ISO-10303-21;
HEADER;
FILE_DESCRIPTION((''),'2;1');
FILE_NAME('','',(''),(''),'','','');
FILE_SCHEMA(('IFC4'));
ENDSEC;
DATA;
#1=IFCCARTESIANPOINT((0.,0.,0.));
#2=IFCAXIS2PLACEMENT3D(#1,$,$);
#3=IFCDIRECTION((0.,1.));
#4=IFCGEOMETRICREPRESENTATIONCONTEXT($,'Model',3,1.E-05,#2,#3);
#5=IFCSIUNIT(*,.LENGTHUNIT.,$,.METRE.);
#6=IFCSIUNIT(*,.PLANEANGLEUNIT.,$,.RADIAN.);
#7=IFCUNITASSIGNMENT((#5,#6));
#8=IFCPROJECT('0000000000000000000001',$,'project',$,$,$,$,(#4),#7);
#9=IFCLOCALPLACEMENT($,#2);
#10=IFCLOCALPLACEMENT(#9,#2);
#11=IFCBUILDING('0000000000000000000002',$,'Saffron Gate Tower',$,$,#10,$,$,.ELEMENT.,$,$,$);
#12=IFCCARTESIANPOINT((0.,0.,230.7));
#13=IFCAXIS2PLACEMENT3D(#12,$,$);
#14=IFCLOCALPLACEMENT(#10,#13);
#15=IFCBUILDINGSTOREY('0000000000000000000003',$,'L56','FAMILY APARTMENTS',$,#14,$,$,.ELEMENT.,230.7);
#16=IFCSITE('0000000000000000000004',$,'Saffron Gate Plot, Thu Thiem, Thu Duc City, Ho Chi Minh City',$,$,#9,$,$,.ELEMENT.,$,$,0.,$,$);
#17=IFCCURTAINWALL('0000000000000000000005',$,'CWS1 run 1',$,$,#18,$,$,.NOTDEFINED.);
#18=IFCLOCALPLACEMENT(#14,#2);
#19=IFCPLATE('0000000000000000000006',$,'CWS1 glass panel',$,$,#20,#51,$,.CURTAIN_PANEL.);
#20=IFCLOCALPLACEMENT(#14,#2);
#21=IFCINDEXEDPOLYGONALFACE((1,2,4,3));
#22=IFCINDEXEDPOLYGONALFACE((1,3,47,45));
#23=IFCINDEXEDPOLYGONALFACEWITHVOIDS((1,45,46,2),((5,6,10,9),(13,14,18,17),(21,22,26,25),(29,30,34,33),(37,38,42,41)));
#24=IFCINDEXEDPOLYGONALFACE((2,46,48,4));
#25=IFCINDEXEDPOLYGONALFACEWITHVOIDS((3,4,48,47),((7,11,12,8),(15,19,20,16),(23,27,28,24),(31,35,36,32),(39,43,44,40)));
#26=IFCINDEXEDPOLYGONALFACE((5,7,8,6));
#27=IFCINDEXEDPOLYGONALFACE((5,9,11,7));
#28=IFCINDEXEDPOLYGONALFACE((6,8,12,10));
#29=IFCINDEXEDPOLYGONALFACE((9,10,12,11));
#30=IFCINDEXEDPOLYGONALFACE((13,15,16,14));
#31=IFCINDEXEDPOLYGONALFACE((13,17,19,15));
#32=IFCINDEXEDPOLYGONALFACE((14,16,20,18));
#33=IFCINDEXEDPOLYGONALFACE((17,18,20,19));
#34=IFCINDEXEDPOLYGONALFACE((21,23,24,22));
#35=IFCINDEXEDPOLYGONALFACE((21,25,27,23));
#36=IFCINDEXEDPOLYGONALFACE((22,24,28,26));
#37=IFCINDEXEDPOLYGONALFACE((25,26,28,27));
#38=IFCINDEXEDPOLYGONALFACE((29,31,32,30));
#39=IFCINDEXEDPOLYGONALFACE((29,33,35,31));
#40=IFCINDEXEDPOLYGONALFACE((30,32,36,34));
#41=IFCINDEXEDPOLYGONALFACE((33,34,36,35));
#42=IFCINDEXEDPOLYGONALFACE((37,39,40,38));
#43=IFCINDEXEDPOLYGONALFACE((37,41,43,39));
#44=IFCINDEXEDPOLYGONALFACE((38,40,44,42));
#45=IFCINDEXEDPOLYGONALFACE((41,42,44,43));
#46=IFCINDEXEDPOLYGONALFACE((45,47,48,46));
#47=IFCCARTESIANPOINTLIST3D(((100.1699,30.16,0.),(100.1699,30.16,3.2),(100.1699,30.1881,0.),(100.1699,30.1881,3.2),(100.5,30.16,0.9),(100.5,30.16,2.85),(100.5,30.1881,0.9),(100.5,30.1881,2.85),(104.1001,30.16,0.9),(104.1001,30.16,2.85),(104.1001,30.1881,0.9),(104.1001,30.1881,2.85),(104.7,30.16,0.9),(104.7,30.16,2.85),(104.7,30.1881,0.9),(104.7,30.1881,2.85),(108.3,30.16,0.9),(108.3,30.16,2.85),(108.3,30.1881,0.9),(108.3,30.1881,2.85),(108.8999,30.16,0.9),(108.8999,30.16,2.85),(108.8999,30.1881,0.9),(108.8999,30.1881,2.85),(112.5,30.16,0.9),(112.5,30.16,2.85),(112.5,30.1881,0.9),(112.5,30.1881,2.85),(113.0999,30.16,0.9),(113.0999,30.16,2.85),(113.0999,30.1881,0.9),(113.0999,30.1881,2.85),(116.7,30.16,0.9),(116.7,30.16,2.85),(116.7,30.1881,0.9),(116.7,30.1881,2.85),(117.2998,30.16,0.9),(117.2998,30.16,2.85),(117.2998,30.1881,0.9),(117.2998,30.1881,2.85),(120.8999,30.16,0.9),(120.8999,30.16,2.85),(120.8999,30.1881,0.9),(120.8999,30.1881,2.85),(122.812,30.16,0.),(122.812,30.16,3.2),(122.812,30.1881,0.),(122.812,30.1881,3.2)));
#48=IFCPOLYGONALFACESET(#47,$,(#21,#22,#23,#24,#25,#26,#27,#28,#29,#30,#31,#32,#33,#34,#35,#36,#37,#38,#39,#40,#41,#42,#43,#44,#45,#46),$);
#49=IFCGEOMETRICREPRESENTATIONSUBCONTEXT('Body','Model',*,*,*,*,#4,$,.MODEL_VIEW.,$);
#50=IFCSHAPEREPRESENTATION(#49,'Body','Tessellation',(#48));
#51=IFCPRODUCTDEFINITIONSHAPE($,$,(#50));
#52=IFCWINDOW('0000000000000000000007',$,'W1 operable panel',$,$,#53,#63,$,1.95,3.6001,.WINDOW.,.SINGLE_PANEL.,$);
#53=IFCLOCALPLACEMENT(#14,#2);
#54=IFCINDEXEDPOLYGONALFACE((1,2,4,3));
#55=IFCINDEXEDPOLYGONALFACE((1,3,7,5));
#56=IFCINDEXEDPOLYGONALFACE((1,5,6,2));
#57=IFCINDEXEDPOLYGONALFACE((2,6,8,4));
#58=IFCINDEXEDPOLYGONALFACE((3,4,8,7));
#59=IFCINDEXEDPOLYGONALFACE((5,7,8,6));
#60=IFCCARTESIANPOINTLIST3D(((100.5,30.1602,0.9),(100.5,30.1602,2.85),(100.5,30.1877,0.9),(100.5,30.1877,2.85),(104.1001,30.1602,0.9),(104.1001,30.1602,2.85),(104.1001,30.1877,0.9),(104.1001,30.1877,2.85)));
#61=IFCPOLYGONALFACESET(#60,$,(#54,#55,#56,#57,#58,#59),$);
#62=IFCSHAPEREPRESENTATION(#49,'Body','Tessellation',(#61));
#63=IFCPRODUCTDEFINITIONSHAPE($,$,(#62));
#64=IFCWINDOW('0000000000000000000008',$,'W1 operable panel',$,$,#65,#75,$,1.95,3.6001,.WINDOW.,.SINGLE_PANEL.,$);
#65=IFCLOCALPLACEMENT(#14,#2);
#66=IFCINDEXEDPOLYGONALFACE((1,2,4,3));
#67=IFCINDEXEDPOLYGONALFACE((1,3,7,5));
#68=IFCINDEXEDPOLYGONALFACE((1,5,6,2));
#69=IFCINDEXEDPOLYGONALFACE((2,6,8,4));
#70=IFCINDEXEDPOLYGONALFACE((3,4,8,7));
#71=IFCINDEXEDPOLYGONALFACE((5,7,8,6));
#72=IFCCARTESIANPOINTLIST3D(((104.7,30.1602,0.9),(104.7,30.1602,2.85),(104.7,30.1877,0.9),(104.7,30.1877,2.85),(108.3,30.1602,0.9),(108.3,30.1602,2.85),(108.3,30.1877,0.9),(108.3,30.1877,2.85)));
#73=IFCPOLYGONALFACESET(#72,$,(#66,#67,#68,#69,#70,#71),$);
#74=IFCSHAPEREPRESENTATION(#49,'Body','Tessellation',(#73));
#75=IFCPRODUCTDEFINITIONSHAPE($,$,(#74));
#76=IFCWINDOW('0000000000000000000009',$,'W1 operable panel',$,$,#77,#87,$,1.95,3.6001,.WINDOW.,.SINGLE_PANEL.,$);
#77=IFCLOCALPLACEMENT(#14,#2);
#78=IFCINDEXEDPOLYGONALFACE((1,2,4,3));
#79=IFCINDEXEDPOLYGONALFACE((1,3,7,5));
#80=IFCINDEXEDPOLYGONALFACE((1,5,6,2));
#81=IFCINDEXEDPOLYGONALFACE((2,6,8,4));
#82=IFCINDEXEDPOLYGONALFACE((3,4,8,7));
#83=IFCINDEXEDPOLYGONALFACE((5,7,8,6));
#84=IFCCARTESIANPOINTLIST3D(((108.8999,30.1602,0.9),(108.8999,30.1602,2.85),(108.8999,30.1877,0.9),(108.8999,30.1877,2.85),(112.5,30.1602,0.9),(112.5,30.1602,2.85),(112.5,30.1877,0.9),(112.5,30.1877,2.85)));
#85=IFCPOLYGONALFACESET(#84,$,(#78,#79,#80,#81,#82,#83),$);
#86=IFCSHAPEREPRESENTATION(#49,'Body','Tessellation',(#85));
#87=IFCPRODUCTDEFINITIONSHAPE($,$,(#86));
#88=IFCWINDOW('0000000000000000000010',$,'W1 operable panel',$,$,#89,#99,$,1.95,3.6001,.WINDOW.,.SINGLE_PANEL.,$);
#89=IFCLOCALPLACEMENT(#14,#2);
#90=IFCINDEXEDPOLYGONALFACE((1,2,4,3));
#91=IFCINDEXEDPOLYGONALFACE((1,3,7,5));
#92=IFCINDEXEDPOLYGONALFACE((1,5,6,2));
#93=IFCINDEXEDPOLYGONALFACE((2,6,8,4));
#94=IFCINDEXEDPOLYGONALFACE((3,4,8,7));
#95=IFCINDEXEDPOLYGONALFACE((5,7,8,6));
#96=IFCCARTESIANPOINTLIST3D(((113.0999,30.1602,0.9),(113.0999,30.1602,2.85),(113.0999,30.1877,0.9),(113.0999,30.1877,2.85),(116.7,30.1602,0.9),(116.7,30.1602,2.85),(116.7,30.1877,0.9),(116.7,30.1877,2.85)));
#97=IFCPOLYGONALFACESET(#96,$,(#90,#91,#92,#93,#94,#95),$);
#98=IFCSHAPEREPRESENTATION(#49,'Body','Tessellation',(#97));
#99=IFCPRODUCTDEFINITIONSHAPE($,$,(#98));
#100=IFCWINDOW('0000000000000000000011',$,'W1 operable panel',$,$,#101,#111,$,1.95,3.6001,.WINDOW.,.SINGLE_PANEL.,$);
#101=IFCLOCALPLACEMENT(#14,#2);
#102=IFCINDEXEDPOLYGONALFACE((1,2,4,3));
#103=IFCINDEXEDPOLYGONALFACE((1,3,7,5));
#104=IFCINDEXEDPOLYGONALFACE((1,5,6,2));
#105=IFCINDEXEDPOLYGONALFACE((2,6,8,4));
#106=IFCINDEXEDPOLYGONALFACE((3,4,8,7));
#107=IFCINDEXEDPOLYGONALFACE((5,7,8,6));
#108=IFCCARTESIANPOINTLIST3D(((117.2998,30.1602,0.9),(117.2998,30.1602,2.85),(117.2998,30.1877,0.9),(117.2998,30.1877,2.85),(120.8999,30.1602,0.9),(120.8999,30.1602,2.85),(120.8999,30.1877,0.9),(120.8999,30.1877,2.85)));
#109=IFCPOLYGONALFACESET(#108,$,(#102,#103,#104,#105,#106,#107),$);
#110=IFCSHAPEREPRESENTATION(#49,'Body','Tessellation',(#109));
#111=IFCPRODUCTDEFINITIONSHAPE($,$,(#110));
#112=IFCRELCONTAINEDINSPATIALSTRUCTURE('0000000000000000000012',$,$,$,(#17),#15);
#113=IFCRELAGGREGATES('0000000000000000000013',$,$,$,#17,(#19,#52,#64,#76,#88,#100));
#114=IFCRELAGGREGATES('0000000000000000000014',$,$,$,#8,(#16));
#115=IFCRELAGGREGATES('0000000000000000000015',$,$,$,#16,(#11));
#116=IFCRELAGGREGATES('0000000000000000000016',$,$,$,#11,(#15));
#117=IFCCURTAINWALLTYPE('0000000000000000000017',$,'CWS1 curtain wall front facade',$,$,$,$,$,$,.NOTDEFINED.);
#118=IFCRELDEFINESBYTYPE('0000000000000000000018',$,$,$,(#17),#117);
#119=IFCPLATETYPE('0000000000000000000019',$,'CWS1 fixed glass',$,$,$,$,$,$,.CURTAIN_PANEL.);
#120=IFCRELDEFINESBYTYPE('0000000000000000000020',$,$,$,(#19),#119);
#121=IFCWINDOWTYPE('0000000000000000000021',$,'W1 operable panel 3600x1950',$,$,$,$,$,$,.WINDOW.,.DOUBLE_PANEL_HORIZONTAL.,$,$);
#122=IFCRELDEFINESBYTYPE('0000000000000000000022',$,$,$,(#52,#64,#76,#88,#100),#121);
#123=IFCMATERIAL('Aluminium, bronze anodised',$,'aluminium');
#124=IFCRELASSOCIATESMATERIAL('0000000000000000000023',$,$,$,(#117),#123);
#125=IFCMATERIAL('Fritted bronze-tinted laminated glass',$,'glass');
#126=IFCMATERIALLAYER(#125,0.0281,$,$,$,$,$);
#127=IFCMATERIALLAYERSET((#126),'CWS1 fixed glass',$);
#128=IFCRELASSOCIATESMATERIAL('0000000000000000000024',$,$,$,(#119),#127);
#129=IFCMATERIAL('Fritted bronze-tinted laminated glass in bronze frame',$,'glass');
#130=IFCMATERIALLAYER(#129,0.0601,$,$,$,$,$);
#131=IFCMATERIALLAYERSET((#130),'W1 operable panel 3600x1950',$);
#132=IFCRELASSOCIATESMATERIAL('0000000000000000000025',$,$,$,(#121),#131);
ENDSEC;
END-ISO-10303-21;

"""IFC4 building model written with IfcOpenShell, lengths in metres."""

from ifc_helpers import new_model, si_unit, direction, frame, frame_2d, origin, place, context, subcontext, project, spatial, rectangle, extrude, material, layer, layer_set, type_object, element, fill, aggregate, save


model = new_model("IFC4")

# Units and contexts
model_context = context("Model", 3, precision=1e-05, world=origin(), true_north=direction((0.0, 1.0)))
body_context = subcontext(model_context, "Body", "Model", "MODEL_VIEW")
ifc_project = project(units=[si_unit("LENGTHUNIT", "METRE"), si_unit("PLANEANGLEUNIT", "RADIAN")], contexts=[model_context])

# Site, building, storey
site_placement = place(None, origin())
site = spatial("IfcSite", under=ifc_project, at=site_placement, Name="Saffron Gate Plot, Thu Thiem, Thu Duc City, Ho Chi Minh City", CompositionType="ELEMENT", RefElevation=0.0)
building_placement = place(site_placement, origin())
building = spatial("IfcBuilding", under=site, at=building_placement, Name="Saffron Gate Tower", CompositionType="ELEMENT")
storey_placement = place(building_placement, frame((0.0, 0.0, 230.7)))
storey = spatial("IfcBuildingStorey", under=building, at=storey_placement, Name="L56", Description="FAMILY APARTMENTS", CompositionType="ELEMENT", Elevation=230.7)

# Curtain wall, plate, openings, windows
ifc_material_1 = material(Name="Aluminium, bronze anodised", Category="aluminium")
curtain_wall_type = type_object("IfcCurtainWallType", Name="CWS1 curtain wall front facade", PredefinedType="NOTDEFINED", material=ifc_material_1)
curtain_wall_placement = place(storey_placement, origin())
curtain_wall = element("IfcCurtainWall", 1, at=curtain_wall_placement, inside=storey, type_object=curtain_wall_type, Name="CWS1 run 1", PredefinedType="NOTDEFINED")
ifc_material_2 = material(Name="Fritted bronze-tinted laminated glass", Category="glass")
ifc_layer_1 = layer(ifc_material_2, 0.0281)
ifc_layer_set_1 = layer_set([ifc_layer_1], Name="CWS1 fixed glass")
plate_type = type_object("IfcPlateType", Name="CWS1 fixed glass", PredefinedType="CURTAIN_PANEL", material=ifc_layer_set_1)
plate_placement = place(storey_placement, frame((100.1699, 30.1741, 0.0), z_axis=(0.0, 0.0, 1.0), x_axis=(1.0, 0.0, 0.0)))
plate = element("IfcPlate", 2, at=plate_placement, type_object=plate_type, Name="CWS1 glass panel", PredefinedType="CURTAIN_PANEL", context=body_context, shape_type="SweptSolid", body=[
    extrude(rectangle(XDim=22.6421, YDim=0.0281, at=frame_2d((11.321, 0.0))), origin(), (0.0, 0.0, 1.0), 3.2),
])
opening_1_placement = place(plate_placement, frame((0.3301, 0.0, 0.8999)))
opening_1 = element("IfcOpeningElement", 3, at=opening_1_placement, cuts=plate, PredefinedType="OPENING", context=body_context, shape_type="SweptSolid", body=[
    extrude(rectangle(XDim=3.6001, YDim=1.95, at=frame_2d((1.8, 0.9751))), frame((0.0, 0.0239, 0.0), z_axis=(0.0, -1.0, 0.0), x_axis=(1.0, 0.0, 0.0)), (0.0, 0.0, 1.0), 0.0481),
])
opening_2_placement = place(plate_placement, frame((4.53, 0.0, 0.8999)))
opening_2 = element("IfcOpeningElement", 4, at=opening_2_placement, cuts=plate, PredefinedType="OPENING", context=body_context, shape_type="SweptSolid", body=[
    extrude(rectangle(XDim=3.6001, YDim=1.95, at=frame_2d((1.8, 0.9751))), frame((0.0, 0.0239, 0.0), z_axis=(0.0, -1.0, 0.0), x_axis=(1.0, 0.0, 0.0)), (0.0, 0.0, 1.0), 0.0481),
])
opening_3_placement = place(plate_placement, frame((8.73, 0.0, 0.8999)))
opening_3 = element("IfcOpeningElement", 5, at=opening_3_placement, cuts=plate, PredefinedType="OPENING", context=body_context, shape_type="SweptSolid", body=[
    extrude(rectangle(XDim=3.6001, YDim=1.95, at=frame_2d((1.8, 0.9751))), frame((0.0, 0.0239, 0.0), z_axis=(0.0, -1.0, 0.0), x_axis=(1.0, 0.0, 0.0)), (0.0, 0.0, 1.0), 0.0481),
])
opening_4_placement = place(plate_placement, frame((12.9299, 0.0, 0.8999)))
opening_4 = element("IfcOpeningElement", 6, at=opening_4_placement, cuts=plate, PredefinedType="OPENING", context=body_context, shape_type="SweptSolid", body=[
    extrude(rectangle(XDim=3.6001, YDim=1.95, at=frame_2d((1.8, 0.9751))), frame((0.0, 0.0239, 0.0), z_axis=(0.0, -1.0, 0.0), x_axis=(1.0, 0.0, 0.0)), (0.0, 0.0, 1.0), 0.0481),
])
opening_5_placement = place(plate_placement, frame((17.1299, 0.0, 0.8999)))
opening_5 = element("IfcOpeningElement", 7, at=opening_5_placement, cuts=plate, PredefinedType="OPENING", context=body_context, shape_type="SweptSolid", body=[
    extrude(rectangle(XDim=3.6001, YDim=1.95, at=frame_2d((1.8, 0.9751))), frame((0.0, 0.0239, 0.0), z_axis=(0.0, -1.0, 0.0), x_axis=(1.0, 0.0, 0.0)), (0.0, 0.0, 1.0), 0.0481),
])
ifc_material_3 = material(Name="Fritted bronze-tinted laminated glass in bronze frame", Category="glass")
ifc_layer_2 = layer(ifc_material_3, 0.0601)
ifc_layer_set_2 = layer_set([ifc_layer_2], Name="W1 operable panel 3600x1950")
window_type = type_object("IfcWindowType", Name="W1 operable panel 3600x1950", PartitioningType="DOUBLE_PANEL_HORIZONTAL", PredefinedType="WINDOW", material=ifc_layer_set_2)
window_1_placement = place(opening_1_placement, origin())
window_1 = element("IfcWindow", 8, at=window_1_placement, type_object=window_type, Name="W1 operable panel", OverallHeight=1.95, OverallWidth=3.6001, PartitioningType="SINGLE_PANEL", PredefinedType="WINDOW", context=body_context, shape_type="SweptSolid", body=[
    extrude(rectangle(XDim=3.6001, YDim=1.95, at=frame_2d((1.8, 0.9751))), frame((0.0, 0.0137, 0.0), z_axis=(0.0, -1.0, 0.0), x_axis=(1.0, 0.0, 0.0)), (0.0, 0.0, 1.0), 0.0276),
])
fill(opening_1, window_1)
window_2_placement = place(opening_2_placement, origin())
window_2 = element("IfcWindow", 9, at=window_2_placement, type_object=window_type, Name="W1 operable panel", OverallHeight=1.95, OverallWidth=3.6001, PartitioningType="SINGLE_PANEL", PredefinedType="WINDOW", context=body_context, shape_type="SweptSolid", body=[
    extrude(rectangle(XDim=3.6001, YDim=1.95, at=frame_2d((1.8, 0.9751))), frame((0.0, 0.0137, 0.0), z_axis=(0.0, -1.0, 0.0), x_axis=(1.0, 0.0, 0.0)), (0.0, 0.0, 1.0), 0.0276),
])
fill(opening_2, window_2)
window_3_placement = place(opening_3_placement, origin())
window_3 = element("IfcWindow", 10, at=window_3_placement, type_object=window_type, Name="W1 operable panel", OverallHeight=1.95, OverallWidth=3.6001, PartitioningType="SINGLE_PANEL", PredefinedType="WINDOW", context=body_context, shape_type="SweptSolid", body=[
    extrude(rectangle(XDim=3.6001, YDim=1.95, at=frame_2d((1.8, 0.9751))), frame((0.0, 0.0137, 0.0), z_axis=(0.0, -1.0, 0.0), x_axis=(1.0, 0.0, 0.0)), (0.0, 0.0, 1.0), 0.0276),
])
fill(opening_3, window_3)
window_4_placement = place(opening_4_placement, origin())
window_4 = element("IfcWindow", 11, at=window_4_placement, type_object=window_type, Name="W1 operable panel", OverallHeight=1.95, OverallWidth=3.6001, PartitioningType="SINGLE_PANEL", PredefinedType="WINDOW", context=body_context, shape_type="SweptSolid", body=[
    extrude(rectangle(XDim=3.6001, YDim=1.95, at=frame_2d((1.8, 0.9751))), frame((0.0, 0.0137, 0.0), z_axis=(0.0, -1.0, 0.0), x_axis=(1.0, 0.0, 0.0)), (0.0, 0.0, 1.0), 0.0276),
])
fill(opening_4, window_4)
window_5_placement = place(opening_5_placement, origin())
window_5 = element("IfcWindow", 12, at=window_5_placement, type_object=window_type, Name="W1 operable panel", OverallHeight=1.95, OverallWidth=3.6001, PartitioningType="SINGLE_PANEL", PredefinedType="WINDOW", context=body_context, shape_type="SweptSolid", body=[
    extrude(rectangle(XDim=3.6001, YDim=1.95, at=frame_2d((1.8, 0.9751))), frame((0.0, 0.0137, 0.0), z_axis=(0.0, -1.0, 0.0), x_axis=(1.0, 0.0, 0.0)), (0.0, 0.0, 1.0), 0.0276),
])
fill(opening_5, window_5)
aggregate(curtain_wall, [plate, window_1, window_2, window_3, window_4, window_5])

save(model, "model.ifc")
